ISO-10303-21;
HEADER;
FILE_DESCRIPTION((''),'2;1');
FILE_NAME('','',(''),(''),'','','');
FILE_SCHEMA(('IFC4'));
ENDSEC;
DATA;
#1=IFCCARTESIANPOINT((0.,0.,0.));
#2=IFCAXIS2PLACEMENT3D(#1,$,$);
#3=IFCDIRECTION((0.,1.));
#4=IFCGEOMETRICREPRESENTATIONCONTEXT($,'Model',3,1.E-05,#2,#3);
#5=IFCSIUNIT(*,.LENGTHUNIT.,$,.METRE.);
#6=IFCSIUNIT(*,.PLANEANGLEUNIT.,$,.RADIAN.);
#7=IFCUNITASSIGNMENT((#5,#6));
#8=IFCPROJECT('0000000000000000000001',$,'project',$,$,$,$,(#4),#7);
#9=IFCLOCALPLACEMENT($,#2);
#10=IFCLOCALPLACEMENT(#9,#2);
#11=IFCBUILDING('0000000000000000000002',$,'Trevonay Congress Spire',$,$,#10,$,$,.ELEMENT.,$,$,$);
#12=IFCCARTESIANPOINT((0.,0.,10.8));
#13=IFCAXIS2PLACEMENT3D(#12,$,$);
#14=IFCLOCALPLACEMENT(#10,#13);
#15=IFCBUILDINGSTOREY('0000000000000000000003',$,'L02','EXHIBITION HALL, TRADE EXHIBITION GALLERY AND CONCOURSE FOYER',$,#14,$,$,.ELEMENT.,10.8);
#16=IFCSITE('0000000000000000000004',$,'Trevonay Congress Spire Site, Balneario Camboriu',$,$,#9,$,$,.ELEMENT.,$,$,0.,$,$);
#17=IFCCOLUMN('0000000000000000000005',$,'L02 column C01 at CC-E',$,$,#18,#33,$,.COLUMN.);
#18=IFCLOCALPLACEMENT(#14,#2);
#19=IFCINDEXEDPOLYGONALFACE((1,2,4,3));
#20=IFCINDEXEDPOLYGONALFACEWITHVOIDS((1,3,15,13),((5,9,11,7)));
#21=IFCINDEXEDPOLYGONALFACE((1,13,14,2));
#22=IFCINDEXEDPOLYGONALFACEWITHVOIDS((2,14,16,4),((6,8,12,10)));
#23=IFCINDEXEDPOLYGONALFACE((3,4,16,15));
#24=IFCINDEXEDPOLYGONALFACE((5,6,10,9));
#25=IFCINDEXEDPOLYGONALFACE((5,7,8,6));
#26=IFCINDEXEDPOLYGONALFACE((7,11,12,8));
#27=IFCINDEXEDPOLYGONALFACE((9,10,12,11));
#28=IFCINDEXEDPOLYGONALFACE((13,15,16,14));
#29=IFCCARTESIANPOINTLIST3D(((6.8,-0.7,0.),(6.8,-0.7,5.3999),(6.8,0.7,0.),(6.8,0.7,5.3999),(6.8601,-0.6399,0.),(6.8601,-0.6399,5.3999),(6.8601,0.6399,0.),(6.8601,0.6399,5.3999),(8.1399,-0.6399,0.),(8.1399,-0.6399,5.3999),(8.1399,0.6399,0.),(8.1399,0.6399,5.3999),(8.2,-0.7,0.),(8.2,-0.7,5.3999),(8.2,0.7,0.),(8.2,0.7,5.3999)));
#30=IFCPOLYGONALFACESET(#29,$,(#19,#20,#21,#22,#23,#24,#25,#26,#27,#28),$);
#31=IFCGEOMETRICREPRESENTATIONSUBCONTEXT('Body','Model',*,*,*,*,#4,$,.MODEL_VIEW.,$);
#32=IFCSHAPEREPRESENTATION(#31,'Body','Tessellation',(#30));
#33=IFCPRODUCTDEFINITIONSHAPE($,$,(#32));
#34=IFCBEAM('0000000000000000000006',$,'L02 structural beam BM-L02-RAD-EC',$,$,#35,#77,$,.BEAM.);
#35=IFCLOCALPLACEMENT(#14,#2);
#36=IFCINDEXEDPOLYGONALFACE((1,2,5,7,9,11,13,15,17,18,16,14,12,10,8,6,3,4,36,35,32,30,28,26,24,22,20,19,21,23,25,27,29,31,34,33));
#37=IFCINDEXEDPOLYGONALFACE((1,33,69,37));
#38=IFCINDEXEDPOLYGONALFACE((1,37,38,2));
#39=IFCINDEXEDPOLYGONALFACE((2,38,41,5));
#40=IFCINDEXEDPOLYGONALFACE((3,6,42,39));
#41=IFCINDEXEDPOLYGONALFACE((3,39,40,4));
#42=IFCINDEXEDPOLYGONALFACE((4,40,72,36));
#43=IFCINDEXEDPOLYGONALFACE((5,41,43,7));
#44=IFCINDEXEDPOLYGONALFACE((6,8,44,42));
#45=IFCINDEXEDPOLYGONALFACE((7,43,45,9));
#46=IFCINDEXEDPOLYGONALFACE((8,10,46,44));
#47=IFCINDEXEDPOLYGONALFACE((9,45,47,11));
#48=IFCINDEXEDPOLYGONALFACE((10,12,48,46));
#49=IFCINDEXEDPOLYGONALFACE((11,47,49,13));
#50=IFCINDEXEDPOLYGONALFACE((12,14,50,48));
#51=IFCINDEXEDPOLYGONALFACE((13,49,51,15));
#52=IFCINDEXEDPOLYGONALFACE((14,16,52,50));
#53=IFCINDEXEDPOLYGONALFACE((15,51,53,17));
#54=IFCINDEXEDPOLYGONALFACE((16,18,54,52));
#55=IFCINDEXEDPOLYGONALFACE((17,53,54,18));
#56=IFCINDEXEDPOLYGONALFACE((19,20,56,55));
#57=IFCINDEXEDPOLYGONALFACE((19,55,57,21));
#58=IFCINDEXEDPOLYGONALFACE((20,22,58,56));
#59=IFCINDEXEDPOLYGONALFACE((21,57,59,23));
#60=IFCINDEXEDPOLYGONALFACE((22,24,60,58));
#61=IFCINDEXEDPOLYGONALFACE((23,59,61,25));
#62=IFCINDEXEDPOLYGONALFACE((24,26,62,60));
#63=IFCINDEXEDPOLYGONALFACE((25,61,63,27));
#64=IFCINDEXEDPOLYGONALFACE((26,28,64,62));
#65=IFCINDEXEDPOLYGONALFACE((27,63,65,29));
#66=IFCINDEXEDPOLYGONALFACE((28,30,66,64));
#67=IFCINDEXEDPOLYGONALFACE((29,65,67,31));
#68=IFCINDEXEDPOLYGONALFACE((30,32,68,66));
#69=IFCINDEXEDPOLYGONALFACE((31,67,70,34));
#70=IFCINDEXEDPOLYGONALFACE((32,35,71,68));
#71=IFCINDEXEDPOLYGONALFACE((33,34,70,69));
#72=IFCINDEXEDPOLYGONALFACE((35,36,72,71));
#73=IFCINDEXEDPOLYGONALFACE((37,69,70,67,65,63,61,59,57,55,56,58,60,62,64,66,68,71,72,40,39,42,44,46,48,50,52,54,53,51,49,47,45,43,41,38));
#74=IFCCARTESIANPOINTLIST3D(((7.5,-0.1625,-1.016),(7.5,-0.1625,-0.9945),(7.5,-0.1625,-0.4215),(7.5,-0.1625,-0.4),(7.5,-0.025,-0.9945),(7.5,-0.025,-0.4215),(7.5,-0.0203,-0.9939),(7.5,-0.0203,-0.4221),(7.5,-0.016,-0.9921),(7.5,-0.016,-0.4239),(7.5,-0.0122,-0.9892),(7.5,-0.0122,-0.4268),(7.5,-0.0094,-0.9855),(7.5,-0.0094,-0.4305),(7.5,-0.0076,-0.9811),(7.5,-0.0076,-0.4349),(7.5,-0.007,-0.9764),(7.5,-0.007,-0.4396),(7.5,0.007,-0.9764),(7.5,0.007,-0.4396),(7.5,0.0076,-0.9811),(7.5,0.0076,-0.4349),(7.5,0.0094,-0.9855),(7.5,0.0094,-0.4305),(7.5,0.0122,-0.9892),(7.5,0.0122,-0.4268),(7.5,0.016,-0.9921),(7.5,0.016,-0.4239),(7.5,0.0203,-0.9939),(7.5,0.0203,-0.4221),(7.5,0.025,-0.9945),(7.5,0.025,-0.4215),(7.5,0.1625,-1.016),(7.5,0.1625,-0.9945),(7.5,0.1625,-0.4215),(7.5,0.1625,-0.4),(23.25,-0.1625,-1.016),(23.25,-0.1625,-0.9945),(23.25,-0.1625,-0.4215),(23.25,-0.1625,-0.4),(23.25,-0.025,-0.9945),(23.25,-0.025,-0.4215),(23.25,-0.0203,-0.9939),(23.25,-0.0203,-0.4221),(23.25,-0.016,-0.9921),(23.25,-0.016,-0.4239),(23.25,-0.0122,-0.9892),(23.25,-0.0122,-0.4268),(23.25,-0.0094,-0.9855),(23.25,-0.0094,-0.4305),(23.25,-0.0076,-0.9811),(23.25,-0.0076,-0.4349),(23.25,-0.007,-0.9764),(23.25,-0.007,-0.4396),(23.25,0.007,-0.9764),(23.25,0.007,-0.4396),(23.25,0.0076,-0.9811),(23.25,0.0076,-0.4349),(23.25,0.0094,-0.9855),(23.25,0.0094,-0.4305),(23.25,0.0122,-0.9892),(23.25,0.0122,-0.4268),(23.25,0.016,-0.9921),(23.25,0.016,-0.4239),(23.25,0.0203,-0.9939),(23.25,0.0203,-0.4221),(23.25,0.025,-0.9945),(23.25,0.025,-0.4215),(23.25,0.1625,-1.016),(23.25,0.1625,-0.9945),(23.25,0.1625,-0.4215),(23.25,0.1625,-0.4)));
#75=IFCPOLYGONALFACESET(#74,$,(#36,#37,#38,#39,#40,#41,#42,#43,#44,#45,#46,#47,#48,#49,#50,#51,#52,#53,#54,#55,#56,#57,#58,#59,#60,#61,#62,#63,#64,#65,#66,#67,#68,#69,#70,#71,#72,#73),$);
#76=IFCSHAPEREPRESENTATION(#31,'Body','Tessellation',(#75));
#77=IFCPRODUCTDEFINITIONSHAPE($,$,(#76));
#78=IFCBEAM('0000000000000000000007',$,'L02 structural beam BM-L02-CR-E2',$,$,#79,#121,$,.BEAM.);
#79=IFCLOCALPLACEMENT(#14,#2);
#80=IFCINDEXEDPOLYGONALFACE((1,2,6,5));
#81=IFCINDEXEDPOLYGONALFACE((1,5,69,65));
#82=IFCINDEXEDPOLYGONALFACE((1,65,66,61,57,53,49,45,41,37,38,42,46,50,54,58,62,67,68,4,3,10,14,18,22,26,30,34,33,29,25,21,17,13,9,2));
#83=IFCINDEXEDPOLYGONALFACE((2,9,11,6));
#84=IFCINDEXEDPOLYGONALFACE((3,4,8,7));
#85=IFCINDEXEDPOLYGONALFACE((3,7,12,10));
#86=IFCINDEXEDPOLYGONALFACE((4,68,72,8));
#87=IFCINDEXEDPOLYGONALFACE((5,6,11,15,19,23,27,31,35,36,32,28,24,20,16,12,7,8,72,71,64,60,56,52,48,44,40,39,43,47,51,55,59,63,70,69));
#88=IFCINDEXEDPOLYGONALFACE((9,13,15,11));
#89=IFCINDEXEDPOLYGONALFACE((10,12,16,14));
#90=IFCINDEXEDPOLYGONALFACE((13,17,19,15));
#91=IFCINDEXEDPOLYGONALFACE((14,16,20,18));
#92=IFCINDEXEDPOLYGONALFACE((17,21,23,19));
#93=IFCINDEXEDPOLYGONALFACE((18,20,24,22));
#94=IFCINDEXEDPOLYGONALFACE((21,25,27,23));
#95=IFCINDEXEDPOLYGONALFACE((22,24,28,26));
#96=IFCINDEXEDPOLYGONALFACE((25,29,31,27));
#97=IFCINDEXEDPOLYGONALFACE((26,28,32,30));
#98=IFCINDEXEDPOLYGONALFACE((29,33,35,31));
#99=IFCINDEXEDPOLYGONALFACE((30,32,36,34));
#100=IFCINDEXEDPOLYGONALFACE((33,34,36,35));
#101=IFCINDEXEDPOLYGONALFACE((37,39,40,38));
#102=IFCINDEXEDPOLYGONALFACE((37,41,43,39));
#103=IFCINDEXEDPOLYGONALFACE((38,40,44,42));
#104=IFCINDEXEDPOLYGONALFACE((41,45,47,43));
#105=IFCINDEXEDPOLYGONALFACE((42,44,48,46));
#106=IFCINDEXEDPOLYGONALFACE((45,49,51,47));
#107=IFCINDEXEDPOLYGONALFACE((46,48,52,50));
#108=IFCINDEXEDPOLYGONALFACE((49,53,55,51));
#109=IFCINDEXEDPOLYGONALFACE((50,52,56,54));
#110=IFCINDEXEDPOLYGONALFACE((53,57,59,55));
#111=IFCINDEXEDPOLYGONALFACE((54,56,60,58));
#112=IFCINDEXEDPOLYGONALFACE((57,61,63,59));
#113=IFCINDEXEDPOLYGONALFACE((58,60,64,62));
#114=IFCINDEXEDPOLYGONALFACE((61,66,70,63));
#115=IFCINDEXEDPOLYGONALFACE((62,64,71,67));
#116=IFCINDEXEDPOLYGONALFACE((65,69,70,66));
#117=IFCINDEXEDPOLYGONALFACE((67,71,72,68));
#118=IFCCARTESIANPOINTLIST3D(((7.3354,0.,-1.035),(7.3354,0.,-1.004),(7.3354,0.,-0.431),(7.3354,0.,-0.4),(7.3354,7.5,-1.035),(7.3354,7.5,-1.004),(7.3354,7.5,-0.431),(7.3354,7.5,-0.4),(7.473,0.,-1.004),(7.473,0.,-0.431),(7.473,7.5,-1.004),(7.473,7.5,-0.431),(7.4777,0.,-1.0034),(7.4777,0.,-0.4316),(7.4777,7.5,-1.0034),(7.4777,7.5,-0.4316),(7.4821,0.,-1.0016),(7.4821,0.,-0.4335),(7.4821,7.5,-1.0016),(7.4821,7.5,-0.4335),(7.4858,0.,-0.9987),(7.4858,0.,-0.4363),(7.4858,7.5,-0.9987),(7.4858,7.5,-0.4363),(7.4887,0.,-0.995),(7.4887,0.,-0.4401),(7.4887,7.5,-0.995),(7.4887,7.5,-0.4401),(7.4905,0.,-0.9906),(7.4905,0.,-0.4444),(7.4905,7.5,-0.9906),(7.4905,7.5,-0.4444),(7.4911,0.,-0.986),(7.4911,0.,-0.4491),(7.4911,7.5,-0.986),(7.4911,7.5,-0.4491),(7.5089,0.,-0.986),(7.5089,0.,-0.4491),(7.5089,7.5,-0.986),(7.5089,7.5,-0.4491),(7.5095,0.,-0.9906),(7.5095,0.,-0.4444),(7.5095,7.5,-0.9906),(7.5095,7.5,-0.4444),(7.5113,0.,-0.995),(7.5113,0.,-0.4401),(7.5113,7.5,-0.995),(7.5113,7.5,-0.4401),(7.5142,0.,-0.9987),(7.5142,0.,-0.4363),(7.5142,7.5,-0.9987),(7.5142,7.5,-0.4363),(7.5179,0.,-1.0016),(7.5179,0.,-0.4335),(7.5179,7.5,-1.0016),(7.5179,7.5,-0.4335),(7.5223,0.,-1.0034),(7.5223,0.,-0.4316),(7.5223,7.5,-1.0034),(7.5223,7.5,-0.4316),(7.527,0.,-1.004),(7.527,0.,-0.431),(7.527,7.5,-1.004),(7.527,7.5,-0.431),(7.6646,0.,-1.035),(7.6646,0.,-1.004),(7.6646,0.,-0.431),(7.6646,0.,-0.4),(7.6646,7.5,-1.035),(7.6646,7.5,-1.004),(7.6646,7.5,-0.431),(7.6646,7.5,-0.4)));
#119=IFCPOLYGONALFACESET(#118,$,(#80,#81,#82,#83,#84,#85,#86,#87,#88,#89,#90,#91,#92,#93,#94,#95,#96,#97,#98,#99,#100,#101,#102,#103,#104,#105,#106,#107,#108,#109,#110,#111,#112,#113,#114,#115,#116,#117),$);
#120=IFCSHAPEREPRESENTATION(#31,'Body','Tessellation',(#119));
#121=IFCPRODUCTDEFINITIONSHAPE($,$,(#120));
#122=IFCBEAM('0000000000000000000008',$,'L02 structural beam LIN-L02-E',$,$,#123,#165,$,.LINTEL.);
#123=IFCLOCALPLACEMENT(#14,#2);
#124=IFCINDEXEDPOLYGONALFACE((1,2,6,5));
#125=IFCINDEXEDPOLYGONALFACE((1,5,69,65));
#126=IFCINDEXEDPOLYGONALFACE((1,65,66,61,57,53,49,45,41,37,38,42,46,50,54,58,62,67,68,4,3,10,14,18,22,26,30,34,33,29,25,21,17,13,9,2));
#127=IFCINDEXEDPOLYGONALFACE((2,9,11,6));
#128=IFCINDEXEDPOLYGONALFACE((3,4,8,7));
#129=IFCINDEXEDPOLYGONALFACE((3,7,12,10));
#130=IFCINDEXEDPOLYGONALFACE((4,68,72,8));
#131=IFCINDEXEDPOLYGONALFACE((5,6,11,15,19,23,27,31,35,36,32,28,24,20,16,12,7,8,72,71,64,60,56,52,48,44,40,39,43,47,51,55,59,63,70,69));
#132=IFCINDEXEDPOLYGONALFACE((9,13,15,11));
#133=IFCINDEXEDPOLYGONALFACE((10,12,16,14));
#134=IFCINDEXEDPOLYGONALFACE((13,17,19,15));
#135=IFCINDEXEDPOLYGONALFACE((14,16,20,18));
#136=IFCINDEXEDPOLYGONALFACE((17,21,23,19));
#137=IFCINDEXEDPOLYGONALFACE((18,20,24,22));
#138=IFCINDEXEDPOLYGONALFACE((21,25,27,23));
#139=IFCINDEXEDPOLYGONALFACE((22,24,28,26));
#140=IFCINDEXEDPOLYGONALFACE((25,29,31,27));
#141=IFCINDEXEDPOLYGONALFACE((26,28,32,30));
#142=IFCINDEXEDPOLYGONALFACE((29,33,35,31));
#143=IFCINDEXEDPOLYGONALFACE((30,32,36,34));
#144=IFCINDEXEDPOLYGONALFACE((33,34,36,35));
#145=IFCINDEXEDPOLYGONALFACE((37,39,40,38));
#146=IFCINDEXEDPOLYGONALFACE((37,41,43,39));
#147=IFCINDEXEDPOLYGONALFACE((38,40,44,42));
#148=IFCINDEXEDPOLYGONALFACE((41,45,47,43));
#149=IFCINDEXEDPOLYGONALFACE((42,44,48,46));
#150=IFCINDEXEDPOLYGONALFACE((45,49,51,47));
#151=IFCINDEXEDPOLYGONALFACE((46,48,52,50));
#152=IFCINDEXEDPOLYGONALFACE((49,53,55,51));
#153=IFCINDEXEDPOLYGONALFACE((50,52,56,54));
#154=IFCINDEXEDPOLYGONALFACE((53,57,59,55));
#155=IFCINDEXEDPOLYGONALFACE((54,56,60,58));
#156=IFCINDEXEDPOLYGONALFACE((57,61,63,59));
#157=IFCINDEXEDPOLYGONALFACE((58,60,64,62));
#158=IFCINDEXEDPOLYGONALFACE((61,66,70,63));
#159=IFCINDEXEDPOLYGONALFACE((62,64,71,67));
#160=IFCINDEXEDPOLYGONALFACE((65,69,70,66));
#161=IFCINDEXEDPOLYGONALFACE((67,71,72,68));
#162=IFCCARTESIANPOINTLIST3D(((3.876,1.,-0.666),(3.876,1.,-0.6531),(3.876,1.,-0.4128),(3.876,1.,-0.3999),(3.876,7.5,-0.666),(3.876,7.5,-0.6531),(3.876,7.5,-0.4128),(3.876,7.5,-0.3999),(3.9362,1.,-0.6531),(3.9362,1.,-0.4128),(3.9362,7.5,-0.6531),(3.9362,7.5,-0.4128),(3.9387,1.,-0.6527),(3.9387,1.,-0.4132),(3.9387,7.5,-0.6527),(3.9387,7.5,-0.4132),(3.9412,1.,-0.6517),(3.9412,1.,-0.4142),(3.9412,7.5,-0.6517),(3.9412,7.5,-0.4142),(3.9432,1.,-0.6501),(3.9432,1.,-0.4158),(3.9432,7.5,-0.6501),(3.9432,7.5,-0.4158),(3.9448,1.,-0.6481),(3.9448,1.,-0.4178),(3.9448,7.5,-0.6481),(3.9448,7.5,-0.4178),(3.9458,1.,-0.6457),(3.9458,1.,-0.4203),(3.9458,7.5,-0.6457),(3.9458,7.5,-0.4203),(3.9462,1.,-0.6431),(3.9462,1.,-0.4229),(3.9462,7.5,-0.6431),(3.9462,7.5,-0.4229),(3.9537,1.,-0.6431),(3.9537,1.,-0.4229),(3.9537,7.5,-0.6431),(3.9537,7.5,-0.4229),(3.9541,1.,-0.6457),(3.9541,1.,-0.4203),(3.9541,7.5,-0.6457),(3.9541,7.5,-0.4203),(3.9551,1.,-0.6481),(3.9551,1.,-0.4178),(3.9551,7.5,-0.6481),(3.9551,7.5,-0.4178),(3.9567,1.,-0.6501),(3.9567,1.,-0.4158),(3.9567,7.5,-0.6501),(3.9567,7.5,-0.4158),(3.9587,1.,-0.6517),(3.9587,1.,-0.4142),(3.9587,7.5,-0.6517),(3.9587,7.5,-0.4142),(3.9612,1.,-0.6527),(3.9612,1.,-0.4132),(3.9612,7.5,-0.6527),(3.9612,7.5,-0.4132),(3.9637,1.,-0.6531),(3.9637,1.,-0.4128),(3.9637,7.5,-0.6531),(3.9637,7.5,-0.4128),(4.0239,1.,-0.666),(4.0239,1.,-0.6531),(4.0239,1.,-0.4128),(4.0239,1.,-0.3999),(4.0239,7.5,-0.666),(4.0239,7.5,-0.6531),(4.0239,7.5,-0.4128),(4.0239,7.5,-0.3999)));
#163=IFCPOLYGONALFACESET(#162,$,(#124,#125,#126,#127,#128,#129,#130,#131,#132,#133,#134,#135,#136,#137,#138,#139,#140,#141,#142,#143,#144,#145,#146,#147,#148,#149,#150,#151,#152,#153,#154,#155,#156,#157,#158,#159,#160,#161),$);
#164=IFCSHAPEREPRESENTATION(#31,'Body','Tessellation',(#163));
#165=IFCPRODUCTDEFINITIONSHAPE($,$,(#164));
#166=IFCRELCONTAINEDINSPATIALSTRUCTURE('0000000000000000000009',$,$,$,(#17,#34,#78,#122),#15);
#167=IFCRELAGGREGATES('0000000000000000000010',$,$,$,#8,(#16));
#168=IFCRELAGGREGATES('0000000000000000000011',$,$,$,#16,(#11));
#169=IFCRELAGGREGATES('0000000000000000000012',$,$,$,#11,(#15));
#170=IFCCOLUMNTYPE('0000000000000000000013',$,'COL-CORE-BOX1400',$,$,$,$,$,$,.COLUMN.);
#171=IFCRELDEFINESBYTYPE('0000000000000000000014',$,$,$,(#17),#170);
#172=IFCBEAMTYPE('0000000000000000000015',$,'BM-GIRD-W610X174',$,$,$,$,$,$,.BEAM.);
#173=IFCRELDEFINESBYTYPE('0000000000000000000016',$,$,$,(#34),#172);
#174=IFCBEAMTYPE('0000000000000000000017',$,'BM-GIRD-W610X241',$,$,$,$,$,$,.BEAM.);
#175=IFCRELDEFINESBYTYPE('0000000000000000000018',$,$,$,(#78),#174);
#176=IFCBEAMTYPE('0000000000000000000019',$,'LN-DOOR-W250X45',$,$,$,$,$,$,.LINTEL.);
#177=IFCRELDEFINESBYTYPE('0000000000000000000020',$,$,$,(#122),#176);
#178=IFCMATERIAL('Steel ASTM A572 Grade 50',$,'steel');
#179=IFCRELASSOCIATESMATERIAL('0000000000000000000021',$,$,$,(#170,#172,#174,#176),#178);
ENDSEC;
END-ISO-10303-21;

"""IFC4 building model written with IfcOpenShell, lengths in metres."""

from ifc_helpers import new_model, si_unit, direction, frame, origin, origin_2d, place, context, subcontext, project, spatial, hollow_rectangle, i_section, extrude, material, material_profile, profile_set, type_object, element, save


model = new_model("IFC4")

# Units and contexts
model_context = context("Model", 3, precision=1e-05, world=origin(), true_north=direction((0.0, 1.0)))
body_context = subcontext(model_context, "Body", "Model", "MODEL_VIEW")
ifc_project = project(units=[si_unit("LENGTHUNIT", "METRE"), si_unit("PLANEANGLEUNIT", "RADIAN")], contexts=[model_context])

# Site, building, storey
site_placement = place(None, origin())
site = spatial("IfcSite", under=ifc_project, at=site_placement, Name="Trevonay Congress Spire Site, Balneario Camboriu", CompositionType="ELEMENT", RefElevation=0.0)
building_placement = place(site_placement, origin())
building = spatial("IfcBuilding", under=site, at=building_placement, Name="Trevonay Congress Spire", CompositionType="ELEMENT")
storey_placement = place(building_placement, frame((0.0, 0.0, 10.8)))
storey = spatial("IfcBuildingStorey", under=building, at=storey_placement, Name="L02", Description="EXHIBITION HALL, TRADE EXHIBITION GALLERY AND CONCOURSE FOYER", CompositionType="ELEMENT", Elevation=10.8)

# Column
ifc_material_1 = material(Name="Steel ASTM A572 Grade 50", Category="steel")
ifc_material_profile_1 = material_profile(ifc_material_1, hollow_rectangle(XDim=1.3999, YDim=1.3999, WallThickness=0.0601, at=origin_2d()), Name="BOX 1400x1400x60")
ifc_profile_set_1 = profile_set([ifc_material_profile_1], Name="Steel ASTM A572 Grade 50")
column_type = type_object("IfcColumnType", Name="COL-CORE-BOX1400", PredefinedType="COLUMN", material=ifc_profile_set_1)
column_placement = place(storey_placement, frame((7.5, 0.0, 0.0), z_axis=(0.0, 0.0, 1.0), x_axis=(1.0, 0.0, 0.0)))
element("IfcColumn", 1, at=column_placement, inside=storey, type_object=column_type, Name="L02 column C01 at CC-E", PredefinedType="COLUMN", context=body_context, shape_type="SweptSolid", body=[
    extrude(hollow_rectangle(XDim=1.3999, YDim=1.3999, WallThickness=0.0601, at=origin_2d()), origin(), (0.0, 0.0, 1.0), 5.3999),
])

# Beams
ifc_material_profile_2 = material_profile(ifc_material_1, i_section(OverallWidth=0.325, OverallDepth=0.616, WebThickness=0.0139, FlangeThickness=0.0215, FilletRadius=0.0181, at=origin_2d()), Name="W610x174")
ifc_profile_set_2 = profile_set([ifc_material_profile_2], Name="Steel ASTM A572 Grade 50")
beam_type_1 = type_object("IfcBeamType", Name="BM-GIRD-W610X174", PredefinedType="BEAM", material=ifc_profile_set_2)
beam_1_placement = place(storey_placement, frame((7.5, 0.0, -0.708), z_axis=(1.0, 0.0, 0.0), x_axis=(0.0, 1.0, 0.0)))
element("IfcBeam", 2, at=beam_1_placement, inside=storey, type_object=beam_type_1, Name="L02 structural beam BM-L02-RAD-EC", PredefinedType="BEAM", context=body_context, shape_type="SweptSolid", body=[
    extrude(i_section(OverallWidth=0.325, OverallDepth=0.616, WebThickness=0.0139, FlangeThickness=0.0215, FilletRadius=0.0181, at=origin_2d()), origin(), (0.0, 0.0, 1.0), 15.75),
])
ifc_material_profile_3 = material_profile(ifc_material_1, i_section(OverallWidth=0.3291, OverallDepth=0.635, WebThickness=0.0178, FlangeThickness=0.031, FilletRadius=0.0181, at=origin_2d()), Name="W610x241")
ifc_profile_set_3 = profile_set([ifc_material_profile_3], Name="Steel ASTM A572 Grade 50")
beam_type_2 = type_object("IfcBeamType", Name="BM-GIRD-W610X241", PredefinedType="BEAM", material=ifc_profile_set_3)
beam_2_placement = place(storey_placement, frame((7.5, 0.0, -0.7175), z_axis=(0.0, 1.0, 0.0), x_axis=(-1.0, 0.0, 0.0)))
element("IfcBeam", 3, at=beam_2_placement, inside=storey, type_object=beam_type_2, Name="L02 structural beam BM-L02-CR-E2", PredefinedType="BEAM", context=body_context, shape_type="SweptSolid", body=[
    extrude(i_section(OverallWidth=0.3291, OverallDepth=0.635, WebThickness=0.0178, FlangeThickness=0.031, FilletRadius=0.0181, at=origin_2d()), origin(), (0.0, 0.0, 1.0), 7.5),
])
ifc_material_profile_4 = material_profile(ifc_material_1, i_section(OverallWidth=0.1479, OverallDepth=0.2661, WebThickness=0.0076, FlangeThickness=0.0129, FilletRadius=0.01, at=origin_2d()), Name="W250x44.8")
ifc_profile_set_4 = profile_set([ifc_material_profile_4], Name="Steel ASTM A572 Grade 50")
beam_type_3 = type_object("IfcBeamType", Name="LN-DOOR-W250X45", PredefinedType="LINTEL", material=ifc_profile_set_4)
beam_3_placement = place(storey_placement, frame((3.95, 1.0, -0.533), z_axis=(0.0, 1.0, 0.0), x_axis=(-1.0, 0.0, 0.0)))
element("IfcBeam", 4, at=beam_3_placement, inside=storey, type_object=beam_type_3, Name="L02 structural beam LIN-L02-E", PredefinedType="LINTEL", context=body_context, shape_type="SweptSolid", body=[
    extrude(i_section(OverallWidth=0.1479, OverallDepth=0.2661, WebThickness=0.0076, FlangeThickness=0.0129, FilletRadius=0.01, at=origin_2d()), origin(), (0.0, 0.0, 1.0), 6.5),
])

save(model, "model.ifc")
